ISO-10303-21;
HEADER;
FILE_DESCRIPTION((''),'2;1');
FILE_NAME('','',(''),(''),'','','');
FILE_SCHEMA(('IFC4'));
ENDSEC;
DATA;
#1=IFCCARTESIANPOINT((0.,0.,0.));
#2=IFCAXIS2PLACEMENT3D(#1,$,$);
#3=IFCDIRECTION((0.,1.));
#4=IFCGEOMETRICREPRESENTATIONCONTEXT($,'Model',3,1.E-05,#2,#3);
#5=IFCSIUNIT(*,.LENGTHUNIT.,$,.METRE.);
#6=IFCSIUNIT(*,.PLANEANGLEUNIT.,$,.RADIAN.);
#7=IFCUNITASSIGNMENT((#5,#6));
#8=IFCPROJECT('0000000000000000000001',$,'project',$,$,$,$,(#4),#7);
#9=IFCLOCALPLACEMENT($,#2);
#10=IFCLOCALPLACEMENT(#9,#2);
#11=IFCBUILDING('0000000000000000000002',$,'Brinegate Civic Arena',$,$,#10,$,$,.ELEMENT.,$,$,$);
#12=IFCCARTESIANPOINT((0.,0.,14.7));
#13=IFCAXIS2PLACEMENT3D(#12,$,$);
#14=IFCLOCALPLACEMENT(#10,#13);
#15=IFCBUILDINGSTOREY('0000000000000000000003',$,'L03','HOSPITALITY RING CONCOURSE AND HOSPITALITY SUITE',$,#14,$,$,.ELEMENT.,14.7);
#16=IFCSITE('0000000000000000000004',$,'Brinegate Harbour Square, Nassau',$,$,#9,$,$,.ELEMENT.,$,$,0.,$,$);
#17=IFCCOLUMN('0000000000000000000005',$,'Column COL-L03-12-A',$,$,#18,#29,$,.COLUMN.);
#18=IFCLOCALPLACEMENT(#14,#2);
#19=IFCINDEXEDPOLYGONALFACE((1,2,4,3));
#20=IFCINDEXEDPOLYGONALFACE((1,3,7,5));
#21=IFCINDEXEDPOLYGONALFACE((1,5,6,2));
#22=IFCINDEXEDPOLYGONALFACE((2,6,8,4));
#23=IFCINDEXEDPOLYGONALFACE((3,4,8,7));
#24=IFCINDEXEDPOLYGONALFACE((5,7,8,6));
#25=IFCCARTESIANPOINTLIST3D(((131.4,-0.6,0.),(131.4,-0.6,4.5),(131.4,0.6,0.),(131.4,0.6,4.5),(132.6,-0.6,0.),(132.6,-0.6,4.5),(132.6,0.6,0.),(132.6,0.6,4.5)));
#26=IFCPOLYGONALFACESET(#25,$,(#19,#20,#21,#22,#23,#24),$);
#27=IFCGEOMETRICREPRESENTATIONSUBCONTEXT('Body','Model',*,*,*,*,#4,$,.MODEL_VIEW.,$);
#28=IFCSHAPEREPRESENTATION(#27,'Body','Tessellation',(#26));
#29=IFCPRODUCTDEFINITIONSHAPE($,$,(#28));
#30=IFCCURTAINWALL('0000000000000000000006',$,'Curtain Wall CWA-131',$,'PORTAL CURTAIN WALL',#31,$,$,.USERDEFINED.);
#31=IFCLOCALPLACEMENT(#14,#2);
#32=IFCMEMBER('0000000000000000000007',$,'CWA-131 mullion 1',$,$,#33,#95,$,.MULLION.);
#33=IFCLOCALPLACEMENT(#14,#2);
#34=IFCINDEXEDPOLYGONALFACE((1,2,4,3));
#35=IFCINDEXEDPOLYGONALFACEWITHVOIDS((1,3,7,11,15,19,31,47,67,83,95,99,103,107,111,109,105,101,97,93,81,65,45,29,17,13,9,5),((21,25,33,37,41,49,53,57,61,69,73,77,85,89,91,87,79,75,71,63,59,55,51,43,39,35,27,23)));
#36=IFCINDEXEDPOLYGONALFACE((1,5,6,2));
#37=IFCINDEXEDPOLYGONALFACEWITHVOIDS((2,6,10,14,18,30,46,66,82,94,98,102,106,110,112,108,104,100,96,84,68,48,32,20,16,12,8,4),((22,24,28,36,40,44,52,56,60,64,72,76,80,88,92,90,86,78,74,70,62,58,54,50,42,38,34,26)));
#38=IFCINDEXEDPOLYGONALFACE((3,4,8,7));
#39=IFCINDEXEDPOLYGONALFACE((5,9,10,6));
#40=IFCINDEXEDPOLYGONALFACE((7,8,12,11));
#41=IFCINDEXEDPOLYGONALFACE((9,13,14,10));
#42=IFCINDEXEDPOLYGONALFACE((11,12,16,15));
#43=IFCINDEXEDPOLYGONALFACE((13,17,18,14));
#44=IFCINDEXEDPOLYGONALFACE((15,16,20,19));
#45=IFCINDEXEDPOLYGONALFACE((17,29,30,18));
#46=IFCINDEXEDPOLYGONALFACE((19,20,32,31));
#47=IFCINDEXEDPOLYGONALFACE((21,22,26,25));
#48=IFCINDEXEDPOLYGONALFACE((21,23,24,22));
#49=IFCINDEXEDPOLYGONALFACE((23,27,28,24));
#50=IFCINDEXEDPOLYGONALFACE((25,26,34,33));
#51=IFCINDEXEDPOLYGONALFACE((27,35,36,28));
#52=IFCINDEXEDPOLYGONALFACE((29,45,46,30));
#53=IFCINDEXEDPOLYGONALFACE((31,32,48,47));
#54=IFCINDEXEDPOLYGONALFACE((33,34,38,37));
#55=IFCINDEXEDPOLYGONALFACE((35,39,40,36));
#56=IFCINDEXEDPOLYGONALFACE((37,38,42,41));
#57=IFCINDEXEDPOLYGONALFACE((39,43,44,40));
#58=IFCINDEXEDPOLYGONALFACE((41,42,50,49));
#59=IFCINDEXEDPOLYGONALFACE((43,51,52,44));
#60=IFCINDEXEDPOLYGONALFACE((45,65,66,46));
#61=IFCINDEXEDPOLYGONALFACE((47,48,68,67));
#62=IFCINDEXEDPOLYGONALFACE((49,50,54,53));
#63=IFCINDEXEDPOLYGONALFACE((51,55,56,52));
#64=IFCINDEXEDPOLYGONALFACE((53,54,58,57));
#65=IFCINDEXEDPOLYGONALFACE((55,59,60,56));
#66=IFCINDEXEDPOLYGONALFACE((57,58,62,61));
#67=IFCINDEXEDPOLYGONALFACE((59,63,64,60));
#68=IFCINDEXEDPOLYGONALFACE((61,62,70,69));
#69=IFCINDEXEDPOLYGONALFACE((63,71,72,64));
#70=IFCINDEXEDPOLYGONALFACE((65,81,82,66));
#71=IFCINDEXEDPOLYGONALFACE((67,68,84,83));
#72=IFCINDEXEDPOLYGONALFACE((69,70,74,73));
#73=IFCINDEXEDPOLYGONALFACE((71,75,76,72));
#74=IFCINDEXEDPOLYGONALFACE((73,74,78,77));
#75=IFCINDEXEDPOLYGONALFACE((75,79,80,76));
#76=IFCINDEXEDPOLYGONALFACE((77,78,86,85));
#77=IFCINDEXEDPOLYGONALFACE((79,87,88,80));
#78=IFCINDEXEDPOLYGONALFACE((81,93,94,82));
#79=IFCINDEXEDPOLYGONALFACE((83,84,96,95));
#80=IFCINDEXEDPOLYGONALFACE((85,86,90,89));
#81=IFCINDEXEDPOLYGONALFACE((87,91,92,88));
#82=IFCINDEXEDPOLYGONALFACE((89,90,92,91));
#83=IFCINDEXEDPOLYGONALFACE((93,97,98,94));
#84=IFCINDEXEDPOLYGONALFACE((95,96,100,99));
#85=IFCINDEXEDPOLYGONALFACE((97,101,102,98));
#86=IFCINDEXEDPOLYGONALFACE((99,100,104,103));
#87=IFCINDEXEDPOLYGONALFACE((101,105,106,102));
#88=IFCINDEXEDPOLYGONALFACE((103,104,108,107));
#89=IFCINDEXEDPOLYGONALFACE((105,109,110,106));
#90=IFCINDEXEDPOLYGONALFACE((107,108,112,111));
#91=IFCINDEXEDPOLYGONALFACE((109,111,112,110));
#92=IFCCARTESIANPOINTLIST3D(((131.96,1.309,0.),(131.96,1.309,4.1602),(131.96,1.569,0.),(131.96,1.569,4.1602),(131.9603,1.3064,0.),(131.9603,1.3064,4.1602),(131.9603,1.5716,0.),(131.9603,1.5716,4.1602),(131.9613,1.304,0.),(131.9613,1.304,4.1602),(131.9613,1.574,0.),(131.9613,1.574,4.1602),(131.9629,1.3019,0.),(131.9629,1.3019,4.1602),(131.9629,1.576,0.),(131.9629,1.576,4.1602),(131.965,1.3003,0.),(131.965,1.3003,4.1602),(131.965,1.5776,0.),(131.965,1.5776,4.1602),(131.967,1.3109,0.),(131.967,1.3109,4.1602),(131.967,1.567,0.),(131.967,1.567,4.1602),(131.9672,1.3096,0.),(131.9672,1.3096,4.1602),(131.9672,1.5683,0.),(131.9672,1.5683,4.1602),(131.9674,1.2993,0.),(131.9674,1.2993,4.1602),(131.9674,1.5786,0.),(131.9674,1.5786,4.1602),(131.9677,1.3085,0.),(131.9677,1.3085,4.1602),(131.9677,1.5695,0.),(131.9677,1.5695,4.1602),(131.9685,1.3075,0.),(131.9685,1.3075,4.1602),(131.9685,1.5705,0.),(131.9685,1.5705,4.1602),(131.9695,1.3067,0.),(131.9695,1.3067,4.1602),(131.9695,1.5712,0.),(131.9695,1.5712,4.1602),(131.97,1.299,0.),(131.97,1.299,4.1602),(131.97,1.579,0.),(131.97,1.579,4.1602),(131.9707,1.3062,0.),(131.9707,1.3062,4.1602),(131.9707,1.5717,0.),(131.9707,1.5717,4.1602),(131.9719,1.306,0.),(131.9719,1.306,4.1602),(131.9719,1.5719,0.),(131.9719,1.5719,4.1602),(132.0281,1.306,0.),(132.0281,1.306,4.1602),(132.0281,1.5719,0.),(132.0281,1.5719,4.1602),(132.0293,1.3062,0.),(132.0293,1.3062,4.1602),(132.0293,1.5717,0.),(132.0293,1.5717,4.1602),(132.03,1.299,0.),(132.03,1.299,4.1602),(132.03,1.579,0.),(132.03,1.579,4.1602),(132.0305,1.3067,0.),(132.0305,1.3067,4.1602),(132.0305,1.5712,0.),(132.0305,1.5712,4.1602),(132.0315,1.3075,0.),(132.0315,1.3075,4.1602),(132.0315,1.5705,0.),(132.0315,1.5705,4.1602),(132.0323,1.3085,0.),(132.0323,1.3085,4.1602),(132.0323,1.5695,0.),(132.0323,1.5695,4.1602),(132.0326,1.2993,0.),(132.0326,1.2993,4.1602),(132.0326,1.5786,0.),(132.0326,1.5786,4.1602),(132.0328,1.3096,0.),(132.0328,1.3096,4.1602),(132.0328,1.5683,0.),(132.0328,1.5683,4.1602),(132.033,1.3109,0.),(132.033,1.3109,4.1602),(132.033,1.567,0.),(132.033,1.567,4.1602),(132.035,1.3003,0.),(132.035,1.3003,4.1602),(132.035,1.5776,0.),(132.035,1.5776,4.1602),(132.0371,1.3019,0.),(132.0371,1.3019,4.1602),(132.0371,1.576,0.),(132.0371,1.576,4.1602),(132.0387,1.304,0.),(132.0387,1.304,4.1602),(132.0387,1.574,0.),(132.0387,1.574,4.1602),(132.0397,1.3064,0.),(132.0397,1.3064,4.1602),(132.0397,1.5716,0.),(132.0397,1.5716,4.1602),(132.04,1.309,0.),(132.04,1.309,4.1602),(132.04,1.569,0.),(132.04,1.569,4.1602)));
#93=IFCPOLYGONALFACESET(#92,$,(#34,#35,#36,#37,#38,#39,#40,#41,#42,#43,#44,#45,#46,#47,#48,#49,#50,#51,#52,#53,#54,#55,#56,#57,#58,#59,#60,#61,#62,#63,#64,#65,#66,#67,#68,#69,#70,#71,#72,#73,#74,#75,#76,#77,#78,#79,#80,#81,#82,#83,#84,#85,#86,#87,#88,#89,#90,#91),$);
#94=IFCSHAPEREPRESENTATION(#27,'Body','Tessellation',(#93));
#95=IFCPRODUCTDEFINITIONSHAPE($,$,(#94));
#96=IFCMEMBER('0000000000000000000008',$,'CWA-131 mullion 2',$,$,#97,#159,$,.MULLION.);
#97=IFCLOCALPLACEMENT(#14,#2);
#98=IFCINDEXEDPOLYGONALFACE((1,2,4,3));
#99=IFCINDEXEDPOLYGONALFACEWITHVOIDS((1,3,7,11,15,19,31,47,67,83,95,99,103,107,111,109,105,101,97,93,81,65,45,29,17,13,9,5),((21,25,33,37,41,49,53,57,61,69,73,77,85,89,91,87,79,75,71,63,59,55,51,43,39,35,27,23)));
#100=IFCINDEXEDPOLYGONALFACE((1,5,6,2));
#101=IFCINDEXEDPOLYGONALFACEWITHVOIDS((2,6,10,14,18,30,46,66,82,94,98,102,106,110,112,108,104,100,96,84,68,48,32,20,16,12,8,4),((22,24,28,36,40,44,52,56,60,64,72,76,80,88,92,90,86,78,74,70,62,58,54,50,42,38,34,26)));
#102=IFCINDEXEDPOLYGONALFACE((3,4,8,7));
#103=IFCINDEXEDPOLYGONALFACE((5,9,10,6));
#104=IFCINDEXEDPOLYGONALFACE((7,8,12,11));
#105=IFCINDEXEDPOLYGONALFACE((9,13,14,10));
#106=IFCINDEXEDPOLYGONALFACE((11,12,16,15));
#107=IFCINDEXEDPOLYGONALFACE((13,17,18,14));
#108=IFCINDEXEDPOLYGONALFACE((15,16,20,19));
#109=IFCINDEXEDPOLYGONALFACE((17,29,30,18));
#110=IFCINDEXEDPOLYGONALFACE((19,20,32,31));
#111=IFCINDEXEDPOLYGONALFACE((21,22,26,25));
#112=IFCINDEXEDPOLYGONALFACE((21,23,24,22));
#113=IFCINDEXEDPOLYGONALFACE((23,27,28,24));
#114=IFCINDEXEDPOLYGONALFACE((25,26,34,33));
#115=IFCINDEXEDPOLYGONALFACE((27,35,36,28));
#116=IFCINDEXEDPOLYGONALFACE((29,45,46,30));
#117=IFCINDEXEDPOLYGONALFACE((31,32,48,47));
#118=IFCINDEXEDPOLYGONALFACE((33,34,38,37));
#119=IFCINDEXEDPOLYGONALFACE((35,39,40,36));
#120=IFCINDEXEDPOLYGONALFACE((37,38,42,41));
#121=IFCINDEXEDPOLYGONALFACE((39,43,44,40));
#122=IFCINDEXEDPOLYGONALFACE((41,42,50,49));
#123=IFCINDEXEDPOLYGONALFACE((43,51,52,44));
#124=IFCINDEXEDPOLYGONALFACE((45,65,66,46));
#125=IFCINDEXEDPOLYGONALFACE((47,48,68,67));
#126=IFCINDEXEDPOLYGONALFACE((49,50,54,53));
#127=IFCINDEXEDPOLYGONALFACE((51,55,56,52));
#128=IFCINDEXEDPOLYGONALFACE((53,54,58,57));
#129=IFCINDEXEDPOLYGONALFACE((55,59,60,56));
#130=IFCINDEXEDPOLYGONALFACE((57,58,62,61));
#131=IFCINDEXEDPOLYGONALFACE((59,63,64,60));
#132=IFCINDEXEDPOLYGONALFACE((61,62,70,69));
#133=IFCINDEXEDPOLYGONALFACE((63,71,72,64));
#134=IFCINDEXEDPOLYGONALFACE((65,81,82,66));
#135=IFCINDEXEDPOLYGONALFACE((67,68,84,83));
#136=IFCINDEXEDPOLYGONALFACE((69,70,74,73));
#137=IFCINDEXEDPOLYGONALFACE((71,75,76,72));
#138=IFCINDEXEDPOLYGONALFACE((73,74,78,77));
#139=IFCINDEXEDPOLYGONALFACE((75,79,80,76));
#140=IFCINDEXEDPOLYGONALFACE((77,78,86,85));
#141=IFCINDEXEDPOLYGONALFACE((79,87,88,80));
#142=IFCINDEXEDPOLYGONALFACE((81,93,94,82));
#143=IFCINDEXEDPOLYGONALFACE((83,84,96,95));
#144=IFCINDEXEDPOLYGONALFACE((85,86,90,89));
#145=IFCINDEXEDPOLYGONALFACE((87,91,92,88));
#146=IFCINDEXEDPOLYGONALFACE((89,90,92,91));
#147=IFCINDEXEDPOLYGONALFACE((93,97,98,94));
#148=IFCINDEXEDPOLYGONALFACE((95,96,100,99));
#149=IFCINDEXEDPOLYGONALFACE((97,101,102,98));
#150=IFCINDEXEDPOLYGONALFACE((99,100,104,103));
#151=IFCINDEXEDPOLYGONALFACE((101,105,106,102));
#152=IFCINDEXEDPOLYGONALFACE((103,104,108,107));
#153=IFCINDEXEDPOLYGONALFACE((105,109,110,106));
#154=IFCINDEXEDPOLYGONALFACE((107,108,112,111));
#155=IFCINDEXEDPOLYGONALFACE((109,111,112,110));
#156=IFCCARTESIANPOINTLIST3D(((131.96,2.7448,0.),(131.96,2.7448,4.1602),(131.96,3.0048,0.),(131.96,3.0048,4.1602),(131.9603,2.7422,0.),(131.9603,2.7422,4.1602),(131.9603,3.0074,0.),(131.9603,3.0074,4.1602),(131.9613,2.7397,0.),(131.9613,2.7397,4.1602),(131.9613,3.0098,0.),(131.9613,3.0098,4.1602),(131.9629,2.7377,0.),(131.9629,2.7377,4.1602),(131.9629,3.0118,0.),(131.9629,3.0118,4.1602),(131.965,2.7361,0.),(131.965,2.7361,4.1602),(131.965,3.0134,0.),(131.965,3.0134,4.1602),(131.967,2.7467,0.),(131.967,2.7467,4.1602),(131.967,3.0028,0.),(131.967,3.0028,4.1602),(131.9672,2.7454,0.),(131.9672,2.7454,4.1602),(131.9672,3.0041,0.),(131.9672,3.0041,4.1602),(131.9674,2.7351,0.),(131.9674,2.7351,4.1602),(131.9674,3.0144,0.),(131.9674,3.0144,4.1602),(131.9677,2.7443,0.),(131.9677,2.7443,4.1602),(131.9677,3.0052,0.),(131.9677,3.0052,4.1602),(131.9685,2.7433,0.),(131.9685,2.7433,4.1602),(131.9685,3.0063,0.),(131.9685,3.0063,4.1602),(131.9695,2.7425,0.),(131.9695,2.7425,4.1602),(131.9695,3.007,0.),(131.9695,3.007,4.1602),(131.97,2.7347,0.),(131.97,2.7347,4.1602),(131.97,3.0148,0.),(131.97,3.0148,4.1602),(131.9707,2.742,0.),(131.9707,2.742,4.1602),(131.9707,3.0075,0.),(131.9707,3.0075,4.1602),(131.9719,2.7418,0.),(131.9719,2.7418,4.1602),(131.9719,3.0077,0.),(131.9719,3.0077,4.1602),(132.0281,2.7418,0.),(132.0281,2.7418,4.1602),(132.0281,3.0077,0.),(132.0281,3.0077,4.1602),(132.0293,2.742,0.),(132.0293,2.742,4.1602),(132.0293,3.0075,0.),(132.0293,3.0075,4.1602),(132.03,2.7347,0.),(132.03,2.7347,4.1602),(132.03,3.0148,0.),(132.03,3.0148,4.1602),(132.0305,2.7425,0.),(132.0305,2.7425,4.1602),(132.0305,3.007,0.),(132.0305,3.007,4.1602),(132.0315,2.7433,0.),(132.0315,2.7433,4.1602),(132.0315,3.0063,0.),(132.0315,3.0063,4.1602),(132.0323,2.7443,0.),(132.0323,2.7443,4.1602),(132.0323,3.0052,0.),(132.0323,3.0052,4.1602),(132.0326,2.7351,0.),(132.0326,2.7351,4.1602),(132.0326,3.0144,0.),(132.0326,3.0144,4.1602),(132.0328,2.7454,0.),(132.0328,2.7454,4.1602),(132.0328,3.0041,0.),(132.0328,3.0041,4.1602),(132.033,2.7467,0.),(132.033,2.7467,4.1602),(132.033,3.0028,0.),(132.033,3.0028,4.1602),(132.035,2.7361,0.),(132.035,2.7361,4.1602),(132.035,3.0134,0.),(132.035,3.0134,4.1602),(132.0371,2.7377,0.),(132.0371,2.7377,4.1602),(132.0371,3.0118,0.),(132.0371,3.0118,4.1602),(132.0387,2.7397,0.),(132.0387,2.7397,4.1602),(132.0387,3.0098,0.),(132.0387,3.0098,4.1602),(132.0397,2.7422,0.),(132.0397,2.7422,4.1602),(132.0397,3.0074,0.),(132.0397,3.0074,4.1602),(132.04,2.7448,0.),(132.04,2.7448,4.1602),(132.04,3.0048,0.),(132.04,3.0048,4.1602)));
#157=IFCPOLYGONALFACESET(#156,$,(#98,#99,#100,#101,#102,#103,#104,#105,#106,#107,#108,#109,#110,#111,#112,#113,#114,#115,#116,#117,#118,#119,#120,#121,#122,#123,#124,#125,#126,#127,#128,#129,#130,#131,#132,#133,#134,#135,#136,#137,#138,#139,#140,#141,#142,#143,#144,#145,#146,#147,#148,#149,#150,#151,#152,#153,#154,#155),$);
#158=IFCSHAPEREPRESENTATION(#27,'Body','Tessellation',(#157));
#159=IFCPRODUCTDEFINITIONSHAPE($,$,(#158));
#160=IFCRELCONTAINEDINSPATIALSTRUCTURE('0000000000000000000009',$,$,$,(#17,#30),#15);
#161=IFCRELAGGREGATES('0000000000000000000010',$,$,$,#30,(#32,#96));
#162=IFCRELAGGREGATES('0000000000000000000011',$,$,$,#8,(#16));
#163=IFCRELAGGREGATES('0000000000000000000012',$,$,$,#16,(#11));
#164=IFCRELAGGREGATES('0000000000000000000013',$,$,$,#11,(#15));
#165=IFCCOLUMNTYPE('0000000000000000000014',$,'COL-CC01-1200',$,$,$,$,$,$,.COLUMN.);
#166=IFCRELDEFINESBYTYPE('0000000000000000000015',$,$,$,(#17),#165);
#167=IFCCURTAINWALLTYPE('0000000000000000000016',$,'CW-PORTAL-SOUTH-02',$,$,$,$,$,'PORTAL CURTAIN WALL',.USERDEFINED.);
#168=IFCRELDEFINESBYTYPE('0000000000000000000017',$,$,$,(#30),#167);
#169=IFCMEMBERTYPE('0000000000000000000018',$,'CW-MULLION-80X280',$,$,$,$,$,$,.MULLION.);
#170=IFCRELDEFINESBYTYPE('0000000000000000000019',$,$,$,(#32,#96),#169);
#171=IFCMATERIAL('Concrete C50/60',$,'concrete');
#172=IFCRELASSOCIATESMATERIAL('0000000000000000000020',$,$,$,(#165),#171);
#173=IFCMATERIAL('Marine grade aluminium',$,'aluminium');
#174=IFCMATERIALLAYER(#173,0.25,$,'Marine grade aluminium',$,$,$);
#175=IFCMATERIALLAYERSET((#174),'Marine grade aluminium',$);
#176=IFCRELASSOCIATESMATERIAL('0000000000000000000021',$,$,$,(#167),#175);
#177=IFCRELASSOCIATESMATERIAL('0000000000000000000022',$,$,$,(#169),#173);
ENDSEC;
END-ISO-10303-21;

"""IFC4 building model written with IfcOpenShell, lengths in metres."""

from ifc_helpers import new_model, si_unit, direction, frame, origin, origin_2d, place, context, subcontext, project, spatial, rectangle, hollow_rectangle, extrude, material, layer, layer_set, material_profile, profile_set, type_object, element, aggregate, save


model = new_model("IFC4")

# Units and contexts
model_context = context("Model", 3, precision=1e-05, world=origin(), true_north=direction((0.0, 1.0)))
body_context = subcontext(model_context, "Body", "Model", "MODEL_VIEW")
ifc_project = project(units=[si_unit("LENGTHUNIT", "METRE"), si_unit("PLANEANGLEUNIT", "RADIAN")], contexts=[model_context])

# Site, building, storey
site_placement = place(None, origin())
site = spatial("IfcSite", under=ifc_project, at=site_placement, Name="Brinegate Harbour Square, Nassau", CompositionType="ELEMENT", RefElevation=0.0)
building_placement = place(site_placement, origin())
building = spatial("IfcBuilding", under=site, at=building_placement, Name="Brinegate Civic Arena", CompositionType="ELEMENT")
storey_placement = place(building_placement, frame((0.0, 0.0, 14.7)))
storey = spatial("IfcBuildingStorey", under=building, at=storey_placement, Name="L03", Description="HOSPITALITY RING CONCOURSE AND HOSPITALITY SUITE", CompositionType="ELEMENT", Elevation=14.7)

# Column
ifc_material_1 = material(Name="Concrete C50/60", Category="concrete")
ifc_material_profile_1 = material_profile(ifc_material_1, rectangle(XDim=1.2, YDim=1.2, at=origin_2d()), Name="RC1200X1200")
ifc_profile_set_1 = profile_set([ifc_material_profile_1], Name="Concrete C50/60")
column_type = type_object("IfcColumnType", Name="COL-CC01-1200", PredefinedType="COLUMN", material=ifc_profile_set_1)
column_placement = place(storey_placement, frame((132.0, 0.0, 0.0), z_axis=(0.0, 0.0, 1.0), x_axis=(1.0, 0.0, 0.0)))
element("IfcColumn", 1, at=column_placement, inside=storey, type_object=column_type, Name="Column COL-L03-12-A", PredefinedType="COLUMN", context=body_context, shape_type="SweptSolid", body=[
    extrude(rectangle(XDim=1.2, YDim=1.2, at=origin_2d()), origin(), (0.0, 0.0, 1.0), 4.5),
])

# Curtain wall, members
ifc_material_2 = material(Name="Marine grade aluminium", Category="aluminium")
ifc_layer_1 = layer(ifc_material_2, 0.25, Name="Marine grade aluminium")
ifc_layer_set_1 = layer_set([ifc_layer_1], Name="Marine grade aluminium")
curtain_wall_type = type_object("IfcCurtainWallType", Name="CW-PORTAL-SOUTH-02", ElementType="PORTAL CURTAIN WALL", PredefinedType="USERDEFINED", material=ifc_layer_set_1)
curtain_wall_placement = place(storey_placement, origin())
curtain_wall = element("IfcCurtainWall", 2, at=curtain_wall_placement, inside=storey, type_object=curtain_wall_type, Name="Curtain Wall CWA-131", ObjectType="PORTAL CURTAIN WALL", PredefinedType="USERDEFINED")
ifc_material_profile_2 = material_profile(ifc_material_2, hollow_rectangle(XDim=0.0801, YDim=0.28, WallThickness=0.0071, InnerFilletRadius=0.0049, OuterFilletRadius=0.01, at=origin_2d()), Name="MUL80X280")
ifc_profile_set_2 = profile_set([ifc_material_profile_2], Name="Marine grade aluminium")
member_type_1 = type_object("IfcMemberType", Name="CW-MULLION-80X280", PredefinedType="MULLION", material=ifc_profile_set_2)
member_1_placement = place(storey_placement, frame((132.0, 1.439, 0.0), z_axis=(0.0, 0.0, 1.0), x_axis=(-1.0, 0.0, 0.0)))
member_1 = element("IfcMember", 3, at=member_1_placement, type_object=member_type_1, Name="CWA-131 mullion 1", PredefinedType="MULLION", context=body_context, shape_type="SweptSolid", body=[
    extrude(hollow_rectangle(XDim=0.0801, YDim=0.28, WallThickness=0.0071, InnerFilletRadius=0.0049, OuterFilletRadius=0.01, at=origin_2d()), origin(), (0.0, 0.0, 1.0), 4.1602),
])
member_2_placement = place(storey_placement, frame((132.0, 2.8748, 0.0), z_axis=(0.0, 0.0, 1.0), x_axis=(-1.0, 0.0, 0.0)))
member_2 = element("IfcMember", 4, at=member_2_placement, type_object=member_type_1, Name="CWA-131 mullion 2", PredefinedType="MULLION", context=body_context, shape_type="SweptSolid", body=[
    extrude(hollow_rectangle(XDim=0.0801, YDim=0.28, WallThickness=0.0071, InnerFilletRadius=0.0049, OuterFilletRadius=0.01, at=origin_2d()), origin(), (0.0, 0.0, 1.0), 4.1602),
])

aggregate(curtain_wall, [member_1, member_2])

save(model, "model.ifc")
